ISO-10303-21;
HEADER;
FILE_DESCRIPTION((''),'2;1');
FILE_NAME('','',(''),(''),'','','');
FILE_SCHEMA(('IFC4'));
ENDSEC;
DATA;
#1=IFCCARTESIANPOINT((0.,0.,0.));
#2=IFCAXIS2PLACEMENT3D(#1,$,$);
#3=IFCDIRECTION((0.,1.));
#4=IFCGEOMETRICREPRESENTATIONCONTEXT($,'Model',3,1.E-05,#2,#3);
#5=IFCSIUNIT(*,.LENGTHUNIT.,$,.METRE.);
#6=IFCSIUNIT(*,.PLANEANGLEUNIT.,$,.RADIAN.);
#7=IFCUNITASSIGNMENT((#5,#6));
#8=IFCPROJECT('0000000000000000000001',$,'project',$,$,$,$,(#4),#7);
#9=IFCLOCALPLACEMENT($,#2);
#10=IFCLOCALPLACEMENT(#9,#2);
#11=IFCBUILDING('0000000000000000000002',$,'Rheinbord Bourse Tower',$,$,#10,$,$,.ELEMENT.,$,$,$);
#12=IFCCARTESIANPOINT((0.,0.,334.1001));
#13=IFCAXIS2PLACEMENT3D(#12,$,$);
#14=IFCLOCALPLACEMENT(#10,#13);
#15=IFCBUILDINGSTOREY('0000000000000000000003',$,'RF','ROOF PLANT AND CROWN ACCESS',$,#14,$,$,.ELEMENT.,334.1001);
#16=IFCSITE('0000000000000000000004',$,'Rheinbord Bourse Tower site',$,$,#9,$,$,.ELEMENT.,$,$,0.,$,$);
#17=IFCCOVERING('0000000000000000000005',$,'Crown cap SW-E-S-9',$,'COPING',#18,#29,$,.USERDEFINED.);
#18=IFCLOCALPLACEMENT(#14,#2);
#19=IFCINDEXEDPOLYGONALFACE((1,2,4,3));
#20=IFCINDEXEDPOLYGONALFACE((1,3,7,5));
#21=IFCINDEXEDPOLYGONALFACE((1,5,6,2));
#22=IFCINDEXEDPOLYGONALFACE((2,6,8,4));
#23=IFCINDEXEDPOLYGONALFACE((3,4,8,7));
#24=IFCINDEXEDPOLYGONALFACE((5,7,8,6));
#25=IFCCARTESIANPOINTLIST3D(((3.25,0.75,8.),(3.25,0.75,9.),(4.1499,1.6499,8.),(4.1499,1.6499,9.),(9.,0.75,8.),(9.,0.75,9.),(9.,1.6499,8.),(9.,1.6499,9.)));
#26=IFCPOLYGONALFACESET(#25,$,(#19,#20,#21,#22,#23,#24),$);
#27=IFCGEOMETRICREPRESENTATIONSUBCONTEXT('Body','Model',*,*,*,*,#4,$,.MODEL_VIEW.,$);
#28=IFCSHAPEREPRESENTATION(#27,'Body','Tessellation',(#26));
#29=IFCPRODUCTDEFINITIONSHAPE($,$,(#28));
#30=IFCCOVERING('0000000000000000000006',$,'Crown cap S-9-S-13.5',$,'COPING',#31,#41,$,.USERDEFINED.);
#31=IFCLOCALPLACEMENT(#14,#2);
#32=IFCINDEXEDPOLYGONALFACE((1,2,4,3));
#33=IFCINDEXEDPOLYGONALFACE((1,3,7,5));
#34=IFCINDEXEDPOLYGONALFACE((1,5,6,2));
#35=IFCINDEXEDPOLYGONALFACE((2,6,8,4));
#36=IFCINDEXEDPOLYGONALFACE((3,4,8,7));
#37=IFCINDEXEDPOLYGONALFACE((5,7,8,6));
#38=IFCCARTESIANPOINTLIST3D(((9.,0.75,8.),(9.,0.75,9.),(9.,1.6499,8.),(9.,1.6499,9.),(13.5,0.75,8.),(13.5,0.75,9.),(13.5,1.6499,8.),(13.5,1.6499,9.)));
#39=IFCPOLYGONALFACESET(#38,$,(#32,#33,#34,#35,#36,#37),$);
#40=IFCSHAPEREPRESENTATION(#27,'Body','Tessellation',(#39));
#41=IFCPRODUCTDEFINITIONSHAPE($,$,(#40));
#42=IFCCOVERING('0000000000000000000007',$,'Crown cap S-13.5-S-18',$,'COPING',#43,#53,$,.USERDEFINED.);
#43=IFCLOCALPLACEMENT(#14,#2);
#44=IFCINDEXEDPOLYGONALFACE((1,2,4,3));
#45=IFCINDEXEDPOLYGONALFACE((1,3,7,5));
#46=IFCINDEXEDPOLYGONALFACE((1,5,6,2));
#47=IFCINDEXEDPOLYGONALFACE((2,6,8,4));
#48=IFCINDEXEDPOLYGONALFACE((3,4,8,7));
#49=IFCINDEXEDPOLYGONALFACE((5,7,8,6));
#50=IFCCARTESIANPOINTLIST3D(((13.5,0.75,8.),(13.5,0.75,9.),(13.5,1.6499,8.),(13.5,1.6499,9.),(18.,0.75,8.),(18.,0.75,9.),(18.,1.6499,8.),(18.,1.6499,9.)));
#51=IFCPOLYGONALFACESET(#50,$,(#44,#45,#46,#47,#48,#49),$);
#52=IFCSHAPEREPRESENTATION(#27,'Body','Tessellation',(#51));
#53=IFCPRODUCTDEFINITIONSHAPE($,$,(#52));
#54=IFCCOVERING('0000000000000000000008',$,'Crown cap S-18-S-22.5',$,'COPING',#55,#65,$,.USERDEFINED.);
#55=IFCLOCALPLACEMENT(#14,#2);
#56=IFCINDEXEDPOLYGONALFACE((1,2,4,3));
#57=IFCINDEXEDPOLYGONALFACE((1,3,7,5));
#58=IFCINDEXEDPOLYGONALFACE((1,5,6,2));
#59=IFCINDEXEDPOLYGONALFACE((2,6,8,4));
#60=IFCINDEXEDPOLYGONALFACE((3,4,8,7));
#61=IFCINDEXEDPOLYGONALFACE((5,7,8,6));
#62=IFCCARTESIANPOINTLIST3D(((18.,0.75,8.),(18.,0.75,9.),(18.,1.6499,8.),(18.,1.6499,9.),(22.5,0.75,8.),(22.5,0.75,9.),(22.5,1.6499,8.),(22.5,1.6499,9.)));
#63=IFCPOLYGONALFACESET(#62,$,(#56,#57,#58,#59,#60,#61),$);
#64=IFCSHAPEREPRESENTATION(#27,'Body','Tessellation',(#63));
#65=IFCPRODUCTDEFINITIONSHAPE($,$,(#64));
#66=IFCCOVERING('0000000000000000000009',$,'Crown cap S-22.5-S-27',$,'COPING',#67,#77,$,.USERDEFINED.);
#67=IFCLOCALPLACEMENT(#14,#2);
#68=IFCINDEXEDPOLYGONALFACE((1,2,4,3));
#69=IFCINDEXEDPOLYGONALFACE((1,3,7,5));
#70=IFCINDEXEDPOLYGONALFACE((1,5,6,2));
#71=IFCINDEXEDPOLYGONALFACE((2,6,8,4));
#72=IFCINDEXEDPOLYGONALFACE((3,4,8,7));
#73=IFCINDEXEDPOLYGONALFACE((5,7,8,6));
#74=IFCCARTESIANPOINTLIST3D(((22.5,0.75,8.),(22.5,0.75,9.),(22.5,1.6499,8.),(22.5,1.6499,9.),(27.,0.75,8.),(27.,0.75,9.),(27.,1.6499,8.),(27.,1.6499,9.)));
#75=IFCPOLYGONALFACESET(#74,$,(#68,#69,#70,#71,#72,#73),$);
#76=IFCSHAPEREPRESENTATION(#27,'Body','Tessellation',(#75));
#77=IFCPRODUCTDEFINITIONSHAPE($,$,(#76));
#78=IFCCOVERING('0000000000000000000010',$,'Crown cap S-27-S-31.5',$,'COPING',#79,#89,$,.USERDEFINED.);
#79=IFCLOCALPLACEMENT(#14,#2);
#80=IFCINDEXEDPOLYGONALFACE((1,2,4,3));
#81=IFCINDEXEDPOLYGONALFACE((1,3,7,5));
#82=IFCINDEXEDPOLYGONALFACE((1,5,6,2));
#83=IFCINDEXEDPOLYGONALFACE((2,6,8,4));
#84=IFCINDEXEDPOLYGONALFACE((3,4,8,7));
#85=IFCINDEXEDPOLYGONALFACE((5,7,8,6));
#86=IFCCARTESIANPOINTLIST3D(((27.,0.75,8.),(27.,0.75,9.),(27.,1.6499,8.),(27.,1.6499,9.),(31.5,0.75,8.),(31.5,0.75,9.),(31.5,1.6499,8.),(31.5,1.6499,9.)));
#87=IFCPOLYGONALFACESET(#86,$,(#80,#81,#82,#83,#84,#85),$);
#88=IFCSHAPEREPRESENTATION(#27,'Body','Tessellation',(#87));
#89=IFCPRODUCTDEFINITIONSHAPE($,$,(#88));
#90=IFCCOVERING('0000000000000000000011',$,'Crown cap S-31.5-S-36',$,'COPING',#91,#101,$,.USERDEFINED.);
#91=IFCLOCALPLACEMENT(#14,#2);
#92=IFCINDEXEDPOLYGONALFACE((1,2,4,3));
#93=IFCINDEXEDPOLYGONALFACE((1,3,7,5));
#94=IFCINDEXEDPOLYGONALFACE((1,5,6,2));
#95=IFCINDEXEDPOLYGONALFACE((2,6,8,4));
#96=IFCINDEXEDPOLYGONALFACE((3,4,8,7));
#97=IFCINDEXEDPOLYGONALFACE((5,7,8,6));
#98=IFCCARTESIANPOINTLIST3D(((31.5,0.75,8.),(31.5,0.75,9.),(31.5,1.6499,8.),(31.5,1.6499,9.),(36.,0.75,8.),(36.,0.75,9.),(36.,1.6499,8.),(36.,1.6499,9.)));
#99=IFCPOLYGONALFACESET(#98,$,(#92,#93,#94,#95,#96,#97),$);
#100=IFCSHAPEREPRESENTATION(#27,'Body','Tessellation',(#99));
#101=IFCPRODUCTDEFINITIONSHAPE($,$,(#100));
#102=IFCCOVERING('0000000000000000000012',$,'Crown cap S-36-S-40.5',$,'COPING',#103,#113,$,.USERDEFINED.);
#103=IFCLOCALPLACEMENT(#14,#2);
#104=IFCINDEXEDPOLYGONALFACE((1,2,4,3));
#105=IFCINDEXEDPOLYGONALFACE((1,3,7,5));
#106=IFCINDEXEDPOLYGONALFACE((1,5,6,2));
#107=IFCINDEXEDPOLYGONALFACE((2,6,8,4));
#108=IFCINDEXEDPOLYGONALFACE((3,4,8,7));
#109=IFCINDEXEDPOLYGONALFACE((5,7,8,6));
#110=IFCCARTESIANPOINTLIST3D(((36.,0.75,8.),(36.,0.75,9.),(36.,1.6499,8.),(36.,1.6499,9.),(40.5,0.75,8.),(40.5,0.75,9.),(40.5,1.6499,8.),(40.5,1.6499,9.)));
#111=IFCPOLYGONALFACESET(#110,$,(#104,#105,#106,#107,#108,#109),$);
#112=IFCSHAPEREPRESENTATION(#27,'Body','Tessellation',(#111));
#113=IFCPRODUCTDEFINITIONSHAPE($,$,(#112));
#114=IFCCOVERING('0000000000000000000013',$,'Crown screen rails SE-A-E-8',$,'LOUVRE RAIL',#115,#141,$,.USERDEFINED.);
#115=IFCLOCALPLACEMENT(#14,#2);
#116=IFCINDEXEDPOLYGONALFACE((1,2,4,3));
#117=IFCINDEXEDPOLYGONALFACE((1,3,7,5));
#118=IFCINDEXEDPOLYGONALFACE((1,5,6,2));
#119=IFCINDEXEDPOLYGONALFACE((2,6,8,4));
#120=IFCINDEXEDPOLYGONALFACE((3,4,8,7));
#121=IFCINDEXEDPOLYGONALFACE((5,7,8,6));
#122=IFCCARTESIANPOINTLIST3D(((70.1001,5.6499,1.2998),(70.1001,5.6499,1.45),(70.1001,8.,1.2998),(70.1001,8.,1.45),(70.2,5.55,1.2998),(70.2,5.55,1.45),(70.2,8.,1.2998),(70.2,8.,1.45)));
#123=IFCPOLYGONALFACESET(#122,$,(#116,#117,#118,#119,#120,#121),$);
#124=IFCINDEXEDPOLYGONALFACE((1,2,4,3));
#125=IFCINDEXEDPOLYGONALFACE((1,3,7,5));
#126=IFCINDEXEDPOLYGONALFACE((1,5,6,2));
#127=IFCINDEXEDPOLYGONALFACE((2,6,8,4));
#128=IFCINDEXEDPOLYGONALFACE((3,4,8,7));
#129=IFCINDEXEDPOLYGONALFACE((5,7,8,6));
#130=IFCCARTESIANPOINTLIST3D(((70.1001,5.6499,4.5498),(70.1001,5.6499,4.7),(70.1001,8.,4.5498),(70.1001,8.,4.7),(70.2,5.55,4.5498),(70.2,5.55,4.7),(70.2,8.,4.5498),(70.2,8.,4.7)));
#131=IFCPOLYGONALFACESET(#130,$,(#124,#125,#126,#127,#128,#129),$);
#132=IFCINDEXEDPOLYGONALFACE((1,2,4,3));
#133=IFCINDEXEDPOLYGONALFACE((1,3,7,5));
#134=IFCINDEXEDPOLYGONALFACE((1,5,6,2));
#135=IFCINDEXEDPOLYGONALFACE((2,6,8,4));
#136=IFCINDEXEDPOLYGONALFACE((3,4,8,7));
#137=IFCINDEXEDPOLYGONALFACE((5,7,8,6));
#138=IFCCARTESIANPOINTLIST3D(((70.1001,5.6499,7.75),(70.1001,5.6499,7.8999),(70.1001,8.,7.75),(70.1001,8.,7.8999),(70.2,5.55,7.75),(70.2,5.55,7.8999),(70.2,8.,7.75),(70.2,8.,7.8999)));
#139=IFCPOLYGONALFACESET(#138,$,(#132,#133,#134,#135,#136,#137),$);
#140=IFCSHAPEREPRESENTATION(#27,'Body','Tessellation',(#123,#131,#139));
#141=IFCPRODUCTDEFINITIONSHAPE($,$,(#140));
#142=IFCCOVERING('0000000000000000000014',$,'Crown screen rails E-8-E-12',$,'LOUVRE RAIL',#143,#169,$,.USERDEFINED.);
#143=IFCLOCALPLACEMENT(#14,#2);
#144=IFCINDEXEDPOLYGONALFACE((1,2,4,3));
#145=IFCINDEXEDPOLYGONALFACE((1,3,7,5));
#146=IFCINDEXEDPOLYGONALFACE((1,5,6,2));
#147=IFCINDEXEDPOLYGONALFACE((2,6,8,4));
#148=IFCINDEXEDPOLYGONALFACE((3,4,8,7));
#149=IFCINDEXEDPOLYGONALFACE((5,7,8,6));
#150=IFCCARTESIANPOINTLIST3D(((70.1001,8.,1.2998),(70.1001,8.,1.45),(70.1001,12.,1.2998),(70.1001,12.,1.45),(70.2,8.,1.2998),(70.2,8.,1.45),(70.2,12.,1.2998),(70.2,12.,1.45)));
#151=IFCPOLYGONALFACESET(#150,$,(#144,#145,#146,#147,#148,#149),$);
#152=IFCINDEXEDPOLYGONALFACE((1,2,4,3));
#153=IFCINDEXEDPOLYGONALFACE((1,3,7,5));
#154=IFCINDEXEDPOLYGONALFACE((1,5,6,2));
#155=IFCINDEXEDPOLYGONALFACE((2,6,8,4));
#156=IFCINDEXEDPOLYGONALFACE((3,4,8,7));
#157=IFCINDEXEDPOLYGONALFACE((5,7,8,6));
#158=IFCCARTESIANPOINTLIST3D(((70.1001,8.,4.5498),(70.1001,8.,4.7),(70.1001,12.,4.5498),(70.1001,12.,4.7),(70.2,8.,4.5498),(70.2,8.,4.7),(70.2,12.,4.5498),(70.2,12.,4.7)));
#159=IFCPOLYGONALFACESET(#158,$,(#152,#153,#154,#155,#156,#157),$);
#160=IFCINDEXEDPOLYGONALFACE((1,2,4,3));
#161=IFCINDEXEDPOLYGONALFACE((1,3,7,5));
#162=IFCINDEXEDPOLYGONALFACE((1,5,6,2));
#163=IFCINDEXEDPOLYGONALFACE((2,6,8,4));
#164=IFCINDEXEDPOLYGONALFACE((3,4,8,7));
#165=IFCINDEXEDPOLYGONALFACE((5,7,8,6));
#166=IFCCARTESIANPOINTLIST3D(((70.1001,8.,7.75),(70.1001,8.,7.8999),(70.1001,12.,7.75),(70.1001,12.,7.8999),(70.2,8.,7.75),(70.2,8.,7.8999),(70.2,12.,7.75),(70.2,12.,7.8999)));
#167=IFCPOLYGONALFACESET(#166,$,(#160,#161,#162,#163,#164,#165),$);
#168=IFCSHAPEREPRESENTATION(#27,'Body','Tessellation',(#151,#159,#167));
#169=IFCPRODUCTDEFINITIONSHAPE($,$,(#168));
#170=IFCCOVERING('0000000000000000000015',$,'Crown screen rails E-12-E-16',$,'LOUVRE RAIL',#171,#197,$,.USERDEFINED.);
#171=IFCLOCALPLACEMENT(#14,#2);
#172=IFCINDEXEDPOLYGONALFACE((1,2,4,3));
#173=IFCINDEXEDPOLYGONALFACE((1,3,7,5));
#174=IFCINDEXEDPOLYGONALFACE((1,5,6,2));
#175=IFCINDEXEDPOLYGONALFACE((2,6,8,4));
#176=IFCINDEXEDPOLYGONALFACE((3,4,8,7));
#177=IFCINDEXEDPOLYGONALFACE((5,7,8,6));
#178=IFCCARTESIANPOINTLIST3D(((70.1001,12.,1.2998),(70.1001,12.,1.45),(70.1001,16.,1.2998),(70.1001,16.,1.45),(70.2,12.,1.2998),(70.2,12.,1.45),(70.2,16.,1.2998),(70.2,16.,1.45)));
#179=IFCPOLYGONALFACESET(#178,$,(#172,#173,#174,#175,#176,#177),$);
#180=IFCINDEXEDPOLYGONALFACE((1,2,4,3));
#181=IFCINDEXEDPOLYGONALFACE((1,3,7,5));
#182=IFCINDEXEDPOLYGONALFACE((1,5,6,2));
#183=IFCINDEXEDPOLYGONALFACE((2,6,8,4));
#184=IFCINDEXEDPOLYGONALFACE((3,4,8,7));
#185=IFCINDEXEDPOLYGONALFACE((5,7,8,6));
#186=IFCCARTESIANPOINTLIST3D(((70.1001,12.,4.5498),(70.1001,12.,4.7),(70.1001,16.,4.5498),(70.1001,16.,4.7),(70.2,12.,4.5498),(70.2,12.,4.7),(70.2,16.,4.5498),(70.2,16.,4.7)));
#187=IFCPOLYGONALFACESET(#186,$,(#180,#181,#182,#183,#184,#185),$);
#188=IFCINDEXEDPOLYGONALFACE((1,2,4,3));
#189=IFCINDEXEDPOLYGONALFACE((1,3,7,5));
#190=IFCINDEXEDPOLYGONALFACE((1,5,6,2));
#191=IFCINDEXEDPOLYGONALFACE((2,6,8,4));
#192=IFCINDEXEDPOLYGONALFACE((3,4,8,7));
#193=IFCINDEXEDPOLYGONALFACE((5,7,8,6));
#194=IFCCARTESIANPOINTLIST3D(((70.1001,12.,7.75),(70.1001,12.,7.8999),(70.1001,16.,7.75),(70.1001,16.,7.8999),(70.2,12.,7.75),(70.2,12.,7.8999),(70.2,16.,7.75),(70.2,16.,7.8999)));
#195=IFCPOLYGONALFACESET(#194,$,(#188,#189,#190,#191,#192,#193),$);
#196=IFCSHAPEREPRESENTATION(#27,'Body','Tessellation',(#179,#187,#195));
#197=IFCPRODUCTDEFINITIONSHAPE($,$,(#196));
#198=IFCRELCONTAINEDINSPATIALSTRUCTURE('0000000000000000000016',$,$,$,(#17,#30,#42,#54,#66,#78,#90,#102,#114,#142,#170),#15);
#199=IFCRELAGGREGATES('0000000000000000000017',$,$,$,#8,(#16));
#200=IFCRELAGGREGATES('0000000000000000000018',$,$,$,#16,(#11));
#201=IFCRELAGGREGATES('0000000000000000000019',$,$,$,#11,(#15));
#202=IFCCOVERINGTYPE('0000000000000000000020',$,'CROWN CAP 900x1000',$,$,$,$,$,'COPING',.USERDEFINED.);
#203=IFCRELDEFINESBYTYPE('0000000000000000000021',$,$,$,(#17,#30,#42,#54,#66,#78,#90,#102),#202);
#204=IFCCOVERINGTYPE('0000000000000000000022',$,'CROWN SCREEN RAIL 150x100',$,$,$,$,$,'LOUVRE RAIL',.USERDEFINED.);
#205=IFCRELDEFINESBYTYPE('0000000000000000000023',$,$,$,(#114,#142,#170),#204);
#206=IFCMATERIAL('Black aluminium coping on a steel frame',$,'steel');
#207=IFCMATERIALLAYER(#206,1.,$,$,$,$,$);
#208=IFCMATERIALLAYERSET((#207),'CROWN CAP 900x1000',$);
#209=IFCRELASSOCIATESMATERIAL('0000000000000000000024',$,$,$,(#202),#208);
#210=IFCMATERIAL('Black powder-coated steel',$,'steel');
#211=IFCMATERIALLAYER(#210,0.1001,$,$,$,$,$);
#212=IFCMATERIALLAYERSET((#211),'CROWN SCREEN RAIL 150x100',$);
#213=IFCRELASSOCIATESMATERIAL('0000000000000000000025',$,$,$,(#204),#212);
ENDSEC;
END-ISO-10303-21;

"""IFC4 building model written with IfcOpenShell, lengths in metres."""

from ifc_helpers import new_model, si_unit, direction, frame, origin, place, context, subcontext, project, spatial, polyline, outline, extrude, material, layer, layer_set, type_object, element, save


model = new_model("IFC4")

# Units and contexts
model_context = context("Model", 3, precision=1e-05, world=origin(), true_north=direction((0.0, 1.0)))
body_context = subcontext(model_context, "Body", "Model", "MODEL_VIEW")
ifc_project = project(units=[si_unit("LENGTHUNIT", "METRE"), si_unit("PLANEANGLEUNIT", "RADIAN")], contexts=[model_context])

# Site, building, storey
site_placement = place(None, origin())
site = spatial("IfcSite", under=ifc_project, at=site_placement, Name="Rheinbord Bourse Tower site", CompositionType="ELEMENT", RefElevation=0.0)
building_placement = place(site_placement, origin())
building = spatial("IfcBuilding", under=site, at=building_placement, Name="Rheinbord Bourse Tower", CompositionType="ELEMENT")
storey_placement = place(building_placement, frame((0.0, 0.0, 334.1001)))
storey = spatial("IfcBuildingStorey", under=building, at=storey_placement, Name="RF", Description="ROOF PLANT AND CROWN ACCESS", CompositionType="ELEMENT", Elevation=334.1001)

# Coverings
ifc_material_1 = material(Name="Black aluminium coping on a steel frame", Category="steel")
ifc_layer_1 = layer(ifc_material_1, 1.0)
ifc_layer_set_1 = layer_set([ifc_layer_1], Name="CROWN CAP 900x1000")
covering_type_1 = type_object("IfcCoveringType", Name="CROWN CAP 900x1000", ElementType="COPING", PredefinedType="USERDEFINED", material=ifc_layer_set_1)
covering_1_placement = place(storey_placement, frame((0.0, 0.0, 8.0)))
element("IfcCovering", 1, at=covering_1_placement, inside=storey, type_object=covering_type_1, Name="Crown cap SW-E-S-9", ObjectType="COPING", PredefinedType="USERDEFINED", context=body_context, shape_type="SweptSolid", body=[
    extrude(outline(polyline([(4.1499, 1.6499), (9.0, 1.6499), (9.0, 0.75), (3.25, 0.75), (4.1499, 1.6499)])), origin(), (0.0, 0.0, 1.0), 1.0),
])
covering_2_placement = place(storey_placement, frame((0.0, 0.0, 8.0)))
element("IfcCovering", 2, at=covering_2_placement, inside=storey, type_object=covering_type_1, Name="Crown cap S-9-S-13.5", ObjectType="COPING", PredefinedType="USERDEFINED", context=body_context, shape_type="SweptSolid", body=[
    extrude(outline(polyline([(9.0, 1.6499), (13.5, 1.6499), (13.5, 0.75), (9.0, 0.75), (9.0, 1.6499)])), origin(), (0.0, 0.0, 1.0), 1.0),
])
covering_3_placement = place(storey_placement, frame((0.0, 0.0, 8.0)))
element("IfcCovering", 3, at=covering_3_placement, inside=storey, type_object=covering_type_1, Name="Crown cap S-13.5-S-18", ObjectType="COPING", PredefinedType="USERDEFINED", context=body_context, shape_type="SweptSolid", body=[
    extrude(outline(polyline([(13.5, 1.6499), (18.0, 1.6499), (18.0, 0.75), (13.5, 0.75), (13.5, 1.6499)])), origin(), (0.0, 0.0, 1.0), 1.0),
])
covering_4_placement = place(storey_placement, frame((0.0, 0.0, 8.0)))
element("IfcCovering", 4, at=covering_4_placement, inside=storey, type_object=covering_type_1, Name="Crown cap S-18-S-22.5", ObjectType="COPING", PredefinedType="USERDEFINED", context=body_context, shape_type="SweptSolid", body=[
    extrude(outline(polyline([(18.0, 1.6499), (22.5, 1.6499), (22.5, 0.75), (18.0, 0.75), (18.0, 1.6499)])), origin(), (0.0, 0.0, 1.0), 1.0),
])
covering_5_placement = place(storey_placement, frame((0.0, 0.0, 8.0)))
element("IfcCovering", 5, at=covering_5_placement, inside=storey, type_object=covering_type_1, Name="Crown cap S-22.5-S-27", ObjectType="COPING", PredefinedType="USERDEFINED", context=body_context, shape_type="SweptSolid", body=[
    extrude(outline(polyline([(22.5, 1.6499), (27.0, 1.6499), (27.0, 0.75), (22.5, 0.75), (22.5, 1.6499)])), origin(), (0.0, 0.0, 1.0), 1.0),
])
covering_6_placement = place(storey_placement, frame((0.0, 0.0, 8.0)))
element("IfcCovering", 6, at=covering_6_placement, inside=storey, type_object=covering_type_1, Name="Crown cap S-27-S-31.5", ObjectType="COPING", PredefinedType="USERDEFINED", context=body_context, shape_type="SweptSolid", body=[
    extrude(outline(polyline([(27.0, 1.6499), (31.5, 1.6499), (31.5, 0.75), (27.0, 0.75), (27.0, 1.6499)])), origin(), (0.0, 0.0, 1.0), 1.0),
])
covering_7_placement = place(storey_placement, frame((0.0, 0.0, 8.0)))
element("IfcCovering", 7, at=covering_7_placement, inside=storey, type_object=covering_type_1, Name="Crown cap S-31.5-S-36", ObjectType="COPING", PredefinedType="USERDEFINED", context=body_context, shape_type="SweptSolid", body=[
    extrude(outline(polyline([(31.5, 1.6499), (36.0, 1.6499), (36.0, 0.75), (31.5, 0.75), (31.5, 1.6499)])), origin(), (0.0, 0.0, 1.0), 1.0),
])
covering_8_placement = place(storey_placement, frame((0.0, 0.0, 8.0)))
element("IfcCovering", 8, at=covering_8_placement, inside=storey, type_object=covering_type_1, Name="Crown cap S-36-S-40.5", ObjectType="COPING", PredefinedType="USERDEFINED", context=body_context, shape_type="SweptSolid", body=[
    extrude(outline(polyline([(36.0, 1.6499), (40.5, 1.6499), (40.5, 0.75), (36.0, 0.75), (36.0, 1.6499)])), origin(), (0.0, 0.0, 1.0), 1.0),
])
ifc_material_2 = material(Name="Black powder-coated steel", Category="steel")
ifc_layer_2 = layer(ifc_material_2, 0.1001)
ifc_layer_set_2 = layer_set([ifc_layer_2], Name="CROWN SCREEN RAIL 150x100")
covering_type_2 = type_object("IfcCoveringType", Name="CROWN SCREEN RAIL 150x100", ElementType="LOUVRE RAIL", PredefinedType="USERDEFINED", material=ifc_layer_set_2)
covering_9_placement = place(storey_placement, frame((0.0, 0.0, 1.2998)))
element("IfcCovering", 9, at=covering_9_placement, inside=storey, type_object=covering_type_2, Name="Crown screen rails SE-A-E-8", ObjectType="LOUVRE RAIL", PredefinedType="USERDEFINED", context=body_context, shape_type="SweptSolid", body=[
    extrude(outline(polyline([(70.1001, 5.6499), (70.1001, 8.0), (70.2, 8.0), (70.2, 5.55), (70.1001, 5.6499)])), origin(), (0.0, 0.0, 1.0), 0.1501),
    extrude(outline(polyline([(70.1001, 5.6499), (70.1001, 8.0), (70.2, 8.0), (70.2, 5.55), (70.1001, 5.6499)])), frame((0.0, 0.0, 3.25)), (0.0, 0.0, 1.0), 0.1501),
    extrude(outline(polyline([(70.1001, 5.6499), (70.1001, 8.0), (70.2, 8.0), (70.2, 5.55), (70.1001, 5.6499)])), frame((0.0, 0.0, 6.4502)), (0.0, 0.0, 1.0), 0.1499),
])
covering_10_placement = place(storey_placement, frame((0.0, 0.0, 1.2998)))
element("IfcCovering", 10, at=covering_10_placement, inside=storey, type_object=covering_type_2, Name="Crown screen rails E-8-E-12", ObjectType="LOUVRE RAIL", PredefinedType="USERDEFINED", context=body_context, shape_type="SweptSolid", body=[
    extrude(outline(polyline([(70.1001, 8.0), (70.1001, 12.0), (70.2, 12.0), (70.2, 8.0), (70.1001, 8.0)])), origin(), (0.0, 0.0, 1.0), 0.1501),
    extrude(outline(polyline([(70.1001, 8.0), (70.1001, 12.0), (70.2, 12.0), (70.2, 8.0), (70.1001, 8.0)])), frame((0.0, 0.0, 3.25)), (0.0, 0.0, 1.0), 0.1501),
    extrude(outline(polyline([(70.1001, 8.0), (70.1001, 12.0), (70.2, 12.0), (70.2, 8.0), (70.1001, 8.0)])), frame((0.0, 0.0, 6.4502)), (0.0, 0.0, 1.0), 0.1499),
])
covering_11_placement = place(storey_placement, frame((0.0, 0.0, 1.2998)))
element("IfcCovering", 11, at=covering_11_placement, inside=storey, type_object=covering_type_2, Name="Crown screen rails E-12-E-16", ObjectType="LOUVRE RAIL", PredefinedType="USERDEFINED", context=body_context, shape_type="SweptSolid", body=[
    extrude(outline(polyline([(70.1001, 12.0), (70.1001, 16.0), (70.2, 16.0), (70.2, 12.0), (70.1001, 12.0)])), origin(), (0.0, 0.0, 1.0), 0.1501),
    extrude(outline(polyline([(70.1001, 12.0), (70.1001, 16.0), (70.2, 16.0), (70.2, 12.0), (70.1001, 12.0)])), frame((0.0, 0.0, 3.25)), (0.0, 0.0, 1.0), 0.1501),
    extrude(outline(polyline([(70.1001, 12.0), (70.1001, 16.0), (70.2, 16.0), (70.2, 12.0), (70.1001, 12.0)])), frame((0.0, 0.0, 6.4502)), (0.0, 0.0, 1.0), 0.1499),
])

save(model, "model.ifc")
